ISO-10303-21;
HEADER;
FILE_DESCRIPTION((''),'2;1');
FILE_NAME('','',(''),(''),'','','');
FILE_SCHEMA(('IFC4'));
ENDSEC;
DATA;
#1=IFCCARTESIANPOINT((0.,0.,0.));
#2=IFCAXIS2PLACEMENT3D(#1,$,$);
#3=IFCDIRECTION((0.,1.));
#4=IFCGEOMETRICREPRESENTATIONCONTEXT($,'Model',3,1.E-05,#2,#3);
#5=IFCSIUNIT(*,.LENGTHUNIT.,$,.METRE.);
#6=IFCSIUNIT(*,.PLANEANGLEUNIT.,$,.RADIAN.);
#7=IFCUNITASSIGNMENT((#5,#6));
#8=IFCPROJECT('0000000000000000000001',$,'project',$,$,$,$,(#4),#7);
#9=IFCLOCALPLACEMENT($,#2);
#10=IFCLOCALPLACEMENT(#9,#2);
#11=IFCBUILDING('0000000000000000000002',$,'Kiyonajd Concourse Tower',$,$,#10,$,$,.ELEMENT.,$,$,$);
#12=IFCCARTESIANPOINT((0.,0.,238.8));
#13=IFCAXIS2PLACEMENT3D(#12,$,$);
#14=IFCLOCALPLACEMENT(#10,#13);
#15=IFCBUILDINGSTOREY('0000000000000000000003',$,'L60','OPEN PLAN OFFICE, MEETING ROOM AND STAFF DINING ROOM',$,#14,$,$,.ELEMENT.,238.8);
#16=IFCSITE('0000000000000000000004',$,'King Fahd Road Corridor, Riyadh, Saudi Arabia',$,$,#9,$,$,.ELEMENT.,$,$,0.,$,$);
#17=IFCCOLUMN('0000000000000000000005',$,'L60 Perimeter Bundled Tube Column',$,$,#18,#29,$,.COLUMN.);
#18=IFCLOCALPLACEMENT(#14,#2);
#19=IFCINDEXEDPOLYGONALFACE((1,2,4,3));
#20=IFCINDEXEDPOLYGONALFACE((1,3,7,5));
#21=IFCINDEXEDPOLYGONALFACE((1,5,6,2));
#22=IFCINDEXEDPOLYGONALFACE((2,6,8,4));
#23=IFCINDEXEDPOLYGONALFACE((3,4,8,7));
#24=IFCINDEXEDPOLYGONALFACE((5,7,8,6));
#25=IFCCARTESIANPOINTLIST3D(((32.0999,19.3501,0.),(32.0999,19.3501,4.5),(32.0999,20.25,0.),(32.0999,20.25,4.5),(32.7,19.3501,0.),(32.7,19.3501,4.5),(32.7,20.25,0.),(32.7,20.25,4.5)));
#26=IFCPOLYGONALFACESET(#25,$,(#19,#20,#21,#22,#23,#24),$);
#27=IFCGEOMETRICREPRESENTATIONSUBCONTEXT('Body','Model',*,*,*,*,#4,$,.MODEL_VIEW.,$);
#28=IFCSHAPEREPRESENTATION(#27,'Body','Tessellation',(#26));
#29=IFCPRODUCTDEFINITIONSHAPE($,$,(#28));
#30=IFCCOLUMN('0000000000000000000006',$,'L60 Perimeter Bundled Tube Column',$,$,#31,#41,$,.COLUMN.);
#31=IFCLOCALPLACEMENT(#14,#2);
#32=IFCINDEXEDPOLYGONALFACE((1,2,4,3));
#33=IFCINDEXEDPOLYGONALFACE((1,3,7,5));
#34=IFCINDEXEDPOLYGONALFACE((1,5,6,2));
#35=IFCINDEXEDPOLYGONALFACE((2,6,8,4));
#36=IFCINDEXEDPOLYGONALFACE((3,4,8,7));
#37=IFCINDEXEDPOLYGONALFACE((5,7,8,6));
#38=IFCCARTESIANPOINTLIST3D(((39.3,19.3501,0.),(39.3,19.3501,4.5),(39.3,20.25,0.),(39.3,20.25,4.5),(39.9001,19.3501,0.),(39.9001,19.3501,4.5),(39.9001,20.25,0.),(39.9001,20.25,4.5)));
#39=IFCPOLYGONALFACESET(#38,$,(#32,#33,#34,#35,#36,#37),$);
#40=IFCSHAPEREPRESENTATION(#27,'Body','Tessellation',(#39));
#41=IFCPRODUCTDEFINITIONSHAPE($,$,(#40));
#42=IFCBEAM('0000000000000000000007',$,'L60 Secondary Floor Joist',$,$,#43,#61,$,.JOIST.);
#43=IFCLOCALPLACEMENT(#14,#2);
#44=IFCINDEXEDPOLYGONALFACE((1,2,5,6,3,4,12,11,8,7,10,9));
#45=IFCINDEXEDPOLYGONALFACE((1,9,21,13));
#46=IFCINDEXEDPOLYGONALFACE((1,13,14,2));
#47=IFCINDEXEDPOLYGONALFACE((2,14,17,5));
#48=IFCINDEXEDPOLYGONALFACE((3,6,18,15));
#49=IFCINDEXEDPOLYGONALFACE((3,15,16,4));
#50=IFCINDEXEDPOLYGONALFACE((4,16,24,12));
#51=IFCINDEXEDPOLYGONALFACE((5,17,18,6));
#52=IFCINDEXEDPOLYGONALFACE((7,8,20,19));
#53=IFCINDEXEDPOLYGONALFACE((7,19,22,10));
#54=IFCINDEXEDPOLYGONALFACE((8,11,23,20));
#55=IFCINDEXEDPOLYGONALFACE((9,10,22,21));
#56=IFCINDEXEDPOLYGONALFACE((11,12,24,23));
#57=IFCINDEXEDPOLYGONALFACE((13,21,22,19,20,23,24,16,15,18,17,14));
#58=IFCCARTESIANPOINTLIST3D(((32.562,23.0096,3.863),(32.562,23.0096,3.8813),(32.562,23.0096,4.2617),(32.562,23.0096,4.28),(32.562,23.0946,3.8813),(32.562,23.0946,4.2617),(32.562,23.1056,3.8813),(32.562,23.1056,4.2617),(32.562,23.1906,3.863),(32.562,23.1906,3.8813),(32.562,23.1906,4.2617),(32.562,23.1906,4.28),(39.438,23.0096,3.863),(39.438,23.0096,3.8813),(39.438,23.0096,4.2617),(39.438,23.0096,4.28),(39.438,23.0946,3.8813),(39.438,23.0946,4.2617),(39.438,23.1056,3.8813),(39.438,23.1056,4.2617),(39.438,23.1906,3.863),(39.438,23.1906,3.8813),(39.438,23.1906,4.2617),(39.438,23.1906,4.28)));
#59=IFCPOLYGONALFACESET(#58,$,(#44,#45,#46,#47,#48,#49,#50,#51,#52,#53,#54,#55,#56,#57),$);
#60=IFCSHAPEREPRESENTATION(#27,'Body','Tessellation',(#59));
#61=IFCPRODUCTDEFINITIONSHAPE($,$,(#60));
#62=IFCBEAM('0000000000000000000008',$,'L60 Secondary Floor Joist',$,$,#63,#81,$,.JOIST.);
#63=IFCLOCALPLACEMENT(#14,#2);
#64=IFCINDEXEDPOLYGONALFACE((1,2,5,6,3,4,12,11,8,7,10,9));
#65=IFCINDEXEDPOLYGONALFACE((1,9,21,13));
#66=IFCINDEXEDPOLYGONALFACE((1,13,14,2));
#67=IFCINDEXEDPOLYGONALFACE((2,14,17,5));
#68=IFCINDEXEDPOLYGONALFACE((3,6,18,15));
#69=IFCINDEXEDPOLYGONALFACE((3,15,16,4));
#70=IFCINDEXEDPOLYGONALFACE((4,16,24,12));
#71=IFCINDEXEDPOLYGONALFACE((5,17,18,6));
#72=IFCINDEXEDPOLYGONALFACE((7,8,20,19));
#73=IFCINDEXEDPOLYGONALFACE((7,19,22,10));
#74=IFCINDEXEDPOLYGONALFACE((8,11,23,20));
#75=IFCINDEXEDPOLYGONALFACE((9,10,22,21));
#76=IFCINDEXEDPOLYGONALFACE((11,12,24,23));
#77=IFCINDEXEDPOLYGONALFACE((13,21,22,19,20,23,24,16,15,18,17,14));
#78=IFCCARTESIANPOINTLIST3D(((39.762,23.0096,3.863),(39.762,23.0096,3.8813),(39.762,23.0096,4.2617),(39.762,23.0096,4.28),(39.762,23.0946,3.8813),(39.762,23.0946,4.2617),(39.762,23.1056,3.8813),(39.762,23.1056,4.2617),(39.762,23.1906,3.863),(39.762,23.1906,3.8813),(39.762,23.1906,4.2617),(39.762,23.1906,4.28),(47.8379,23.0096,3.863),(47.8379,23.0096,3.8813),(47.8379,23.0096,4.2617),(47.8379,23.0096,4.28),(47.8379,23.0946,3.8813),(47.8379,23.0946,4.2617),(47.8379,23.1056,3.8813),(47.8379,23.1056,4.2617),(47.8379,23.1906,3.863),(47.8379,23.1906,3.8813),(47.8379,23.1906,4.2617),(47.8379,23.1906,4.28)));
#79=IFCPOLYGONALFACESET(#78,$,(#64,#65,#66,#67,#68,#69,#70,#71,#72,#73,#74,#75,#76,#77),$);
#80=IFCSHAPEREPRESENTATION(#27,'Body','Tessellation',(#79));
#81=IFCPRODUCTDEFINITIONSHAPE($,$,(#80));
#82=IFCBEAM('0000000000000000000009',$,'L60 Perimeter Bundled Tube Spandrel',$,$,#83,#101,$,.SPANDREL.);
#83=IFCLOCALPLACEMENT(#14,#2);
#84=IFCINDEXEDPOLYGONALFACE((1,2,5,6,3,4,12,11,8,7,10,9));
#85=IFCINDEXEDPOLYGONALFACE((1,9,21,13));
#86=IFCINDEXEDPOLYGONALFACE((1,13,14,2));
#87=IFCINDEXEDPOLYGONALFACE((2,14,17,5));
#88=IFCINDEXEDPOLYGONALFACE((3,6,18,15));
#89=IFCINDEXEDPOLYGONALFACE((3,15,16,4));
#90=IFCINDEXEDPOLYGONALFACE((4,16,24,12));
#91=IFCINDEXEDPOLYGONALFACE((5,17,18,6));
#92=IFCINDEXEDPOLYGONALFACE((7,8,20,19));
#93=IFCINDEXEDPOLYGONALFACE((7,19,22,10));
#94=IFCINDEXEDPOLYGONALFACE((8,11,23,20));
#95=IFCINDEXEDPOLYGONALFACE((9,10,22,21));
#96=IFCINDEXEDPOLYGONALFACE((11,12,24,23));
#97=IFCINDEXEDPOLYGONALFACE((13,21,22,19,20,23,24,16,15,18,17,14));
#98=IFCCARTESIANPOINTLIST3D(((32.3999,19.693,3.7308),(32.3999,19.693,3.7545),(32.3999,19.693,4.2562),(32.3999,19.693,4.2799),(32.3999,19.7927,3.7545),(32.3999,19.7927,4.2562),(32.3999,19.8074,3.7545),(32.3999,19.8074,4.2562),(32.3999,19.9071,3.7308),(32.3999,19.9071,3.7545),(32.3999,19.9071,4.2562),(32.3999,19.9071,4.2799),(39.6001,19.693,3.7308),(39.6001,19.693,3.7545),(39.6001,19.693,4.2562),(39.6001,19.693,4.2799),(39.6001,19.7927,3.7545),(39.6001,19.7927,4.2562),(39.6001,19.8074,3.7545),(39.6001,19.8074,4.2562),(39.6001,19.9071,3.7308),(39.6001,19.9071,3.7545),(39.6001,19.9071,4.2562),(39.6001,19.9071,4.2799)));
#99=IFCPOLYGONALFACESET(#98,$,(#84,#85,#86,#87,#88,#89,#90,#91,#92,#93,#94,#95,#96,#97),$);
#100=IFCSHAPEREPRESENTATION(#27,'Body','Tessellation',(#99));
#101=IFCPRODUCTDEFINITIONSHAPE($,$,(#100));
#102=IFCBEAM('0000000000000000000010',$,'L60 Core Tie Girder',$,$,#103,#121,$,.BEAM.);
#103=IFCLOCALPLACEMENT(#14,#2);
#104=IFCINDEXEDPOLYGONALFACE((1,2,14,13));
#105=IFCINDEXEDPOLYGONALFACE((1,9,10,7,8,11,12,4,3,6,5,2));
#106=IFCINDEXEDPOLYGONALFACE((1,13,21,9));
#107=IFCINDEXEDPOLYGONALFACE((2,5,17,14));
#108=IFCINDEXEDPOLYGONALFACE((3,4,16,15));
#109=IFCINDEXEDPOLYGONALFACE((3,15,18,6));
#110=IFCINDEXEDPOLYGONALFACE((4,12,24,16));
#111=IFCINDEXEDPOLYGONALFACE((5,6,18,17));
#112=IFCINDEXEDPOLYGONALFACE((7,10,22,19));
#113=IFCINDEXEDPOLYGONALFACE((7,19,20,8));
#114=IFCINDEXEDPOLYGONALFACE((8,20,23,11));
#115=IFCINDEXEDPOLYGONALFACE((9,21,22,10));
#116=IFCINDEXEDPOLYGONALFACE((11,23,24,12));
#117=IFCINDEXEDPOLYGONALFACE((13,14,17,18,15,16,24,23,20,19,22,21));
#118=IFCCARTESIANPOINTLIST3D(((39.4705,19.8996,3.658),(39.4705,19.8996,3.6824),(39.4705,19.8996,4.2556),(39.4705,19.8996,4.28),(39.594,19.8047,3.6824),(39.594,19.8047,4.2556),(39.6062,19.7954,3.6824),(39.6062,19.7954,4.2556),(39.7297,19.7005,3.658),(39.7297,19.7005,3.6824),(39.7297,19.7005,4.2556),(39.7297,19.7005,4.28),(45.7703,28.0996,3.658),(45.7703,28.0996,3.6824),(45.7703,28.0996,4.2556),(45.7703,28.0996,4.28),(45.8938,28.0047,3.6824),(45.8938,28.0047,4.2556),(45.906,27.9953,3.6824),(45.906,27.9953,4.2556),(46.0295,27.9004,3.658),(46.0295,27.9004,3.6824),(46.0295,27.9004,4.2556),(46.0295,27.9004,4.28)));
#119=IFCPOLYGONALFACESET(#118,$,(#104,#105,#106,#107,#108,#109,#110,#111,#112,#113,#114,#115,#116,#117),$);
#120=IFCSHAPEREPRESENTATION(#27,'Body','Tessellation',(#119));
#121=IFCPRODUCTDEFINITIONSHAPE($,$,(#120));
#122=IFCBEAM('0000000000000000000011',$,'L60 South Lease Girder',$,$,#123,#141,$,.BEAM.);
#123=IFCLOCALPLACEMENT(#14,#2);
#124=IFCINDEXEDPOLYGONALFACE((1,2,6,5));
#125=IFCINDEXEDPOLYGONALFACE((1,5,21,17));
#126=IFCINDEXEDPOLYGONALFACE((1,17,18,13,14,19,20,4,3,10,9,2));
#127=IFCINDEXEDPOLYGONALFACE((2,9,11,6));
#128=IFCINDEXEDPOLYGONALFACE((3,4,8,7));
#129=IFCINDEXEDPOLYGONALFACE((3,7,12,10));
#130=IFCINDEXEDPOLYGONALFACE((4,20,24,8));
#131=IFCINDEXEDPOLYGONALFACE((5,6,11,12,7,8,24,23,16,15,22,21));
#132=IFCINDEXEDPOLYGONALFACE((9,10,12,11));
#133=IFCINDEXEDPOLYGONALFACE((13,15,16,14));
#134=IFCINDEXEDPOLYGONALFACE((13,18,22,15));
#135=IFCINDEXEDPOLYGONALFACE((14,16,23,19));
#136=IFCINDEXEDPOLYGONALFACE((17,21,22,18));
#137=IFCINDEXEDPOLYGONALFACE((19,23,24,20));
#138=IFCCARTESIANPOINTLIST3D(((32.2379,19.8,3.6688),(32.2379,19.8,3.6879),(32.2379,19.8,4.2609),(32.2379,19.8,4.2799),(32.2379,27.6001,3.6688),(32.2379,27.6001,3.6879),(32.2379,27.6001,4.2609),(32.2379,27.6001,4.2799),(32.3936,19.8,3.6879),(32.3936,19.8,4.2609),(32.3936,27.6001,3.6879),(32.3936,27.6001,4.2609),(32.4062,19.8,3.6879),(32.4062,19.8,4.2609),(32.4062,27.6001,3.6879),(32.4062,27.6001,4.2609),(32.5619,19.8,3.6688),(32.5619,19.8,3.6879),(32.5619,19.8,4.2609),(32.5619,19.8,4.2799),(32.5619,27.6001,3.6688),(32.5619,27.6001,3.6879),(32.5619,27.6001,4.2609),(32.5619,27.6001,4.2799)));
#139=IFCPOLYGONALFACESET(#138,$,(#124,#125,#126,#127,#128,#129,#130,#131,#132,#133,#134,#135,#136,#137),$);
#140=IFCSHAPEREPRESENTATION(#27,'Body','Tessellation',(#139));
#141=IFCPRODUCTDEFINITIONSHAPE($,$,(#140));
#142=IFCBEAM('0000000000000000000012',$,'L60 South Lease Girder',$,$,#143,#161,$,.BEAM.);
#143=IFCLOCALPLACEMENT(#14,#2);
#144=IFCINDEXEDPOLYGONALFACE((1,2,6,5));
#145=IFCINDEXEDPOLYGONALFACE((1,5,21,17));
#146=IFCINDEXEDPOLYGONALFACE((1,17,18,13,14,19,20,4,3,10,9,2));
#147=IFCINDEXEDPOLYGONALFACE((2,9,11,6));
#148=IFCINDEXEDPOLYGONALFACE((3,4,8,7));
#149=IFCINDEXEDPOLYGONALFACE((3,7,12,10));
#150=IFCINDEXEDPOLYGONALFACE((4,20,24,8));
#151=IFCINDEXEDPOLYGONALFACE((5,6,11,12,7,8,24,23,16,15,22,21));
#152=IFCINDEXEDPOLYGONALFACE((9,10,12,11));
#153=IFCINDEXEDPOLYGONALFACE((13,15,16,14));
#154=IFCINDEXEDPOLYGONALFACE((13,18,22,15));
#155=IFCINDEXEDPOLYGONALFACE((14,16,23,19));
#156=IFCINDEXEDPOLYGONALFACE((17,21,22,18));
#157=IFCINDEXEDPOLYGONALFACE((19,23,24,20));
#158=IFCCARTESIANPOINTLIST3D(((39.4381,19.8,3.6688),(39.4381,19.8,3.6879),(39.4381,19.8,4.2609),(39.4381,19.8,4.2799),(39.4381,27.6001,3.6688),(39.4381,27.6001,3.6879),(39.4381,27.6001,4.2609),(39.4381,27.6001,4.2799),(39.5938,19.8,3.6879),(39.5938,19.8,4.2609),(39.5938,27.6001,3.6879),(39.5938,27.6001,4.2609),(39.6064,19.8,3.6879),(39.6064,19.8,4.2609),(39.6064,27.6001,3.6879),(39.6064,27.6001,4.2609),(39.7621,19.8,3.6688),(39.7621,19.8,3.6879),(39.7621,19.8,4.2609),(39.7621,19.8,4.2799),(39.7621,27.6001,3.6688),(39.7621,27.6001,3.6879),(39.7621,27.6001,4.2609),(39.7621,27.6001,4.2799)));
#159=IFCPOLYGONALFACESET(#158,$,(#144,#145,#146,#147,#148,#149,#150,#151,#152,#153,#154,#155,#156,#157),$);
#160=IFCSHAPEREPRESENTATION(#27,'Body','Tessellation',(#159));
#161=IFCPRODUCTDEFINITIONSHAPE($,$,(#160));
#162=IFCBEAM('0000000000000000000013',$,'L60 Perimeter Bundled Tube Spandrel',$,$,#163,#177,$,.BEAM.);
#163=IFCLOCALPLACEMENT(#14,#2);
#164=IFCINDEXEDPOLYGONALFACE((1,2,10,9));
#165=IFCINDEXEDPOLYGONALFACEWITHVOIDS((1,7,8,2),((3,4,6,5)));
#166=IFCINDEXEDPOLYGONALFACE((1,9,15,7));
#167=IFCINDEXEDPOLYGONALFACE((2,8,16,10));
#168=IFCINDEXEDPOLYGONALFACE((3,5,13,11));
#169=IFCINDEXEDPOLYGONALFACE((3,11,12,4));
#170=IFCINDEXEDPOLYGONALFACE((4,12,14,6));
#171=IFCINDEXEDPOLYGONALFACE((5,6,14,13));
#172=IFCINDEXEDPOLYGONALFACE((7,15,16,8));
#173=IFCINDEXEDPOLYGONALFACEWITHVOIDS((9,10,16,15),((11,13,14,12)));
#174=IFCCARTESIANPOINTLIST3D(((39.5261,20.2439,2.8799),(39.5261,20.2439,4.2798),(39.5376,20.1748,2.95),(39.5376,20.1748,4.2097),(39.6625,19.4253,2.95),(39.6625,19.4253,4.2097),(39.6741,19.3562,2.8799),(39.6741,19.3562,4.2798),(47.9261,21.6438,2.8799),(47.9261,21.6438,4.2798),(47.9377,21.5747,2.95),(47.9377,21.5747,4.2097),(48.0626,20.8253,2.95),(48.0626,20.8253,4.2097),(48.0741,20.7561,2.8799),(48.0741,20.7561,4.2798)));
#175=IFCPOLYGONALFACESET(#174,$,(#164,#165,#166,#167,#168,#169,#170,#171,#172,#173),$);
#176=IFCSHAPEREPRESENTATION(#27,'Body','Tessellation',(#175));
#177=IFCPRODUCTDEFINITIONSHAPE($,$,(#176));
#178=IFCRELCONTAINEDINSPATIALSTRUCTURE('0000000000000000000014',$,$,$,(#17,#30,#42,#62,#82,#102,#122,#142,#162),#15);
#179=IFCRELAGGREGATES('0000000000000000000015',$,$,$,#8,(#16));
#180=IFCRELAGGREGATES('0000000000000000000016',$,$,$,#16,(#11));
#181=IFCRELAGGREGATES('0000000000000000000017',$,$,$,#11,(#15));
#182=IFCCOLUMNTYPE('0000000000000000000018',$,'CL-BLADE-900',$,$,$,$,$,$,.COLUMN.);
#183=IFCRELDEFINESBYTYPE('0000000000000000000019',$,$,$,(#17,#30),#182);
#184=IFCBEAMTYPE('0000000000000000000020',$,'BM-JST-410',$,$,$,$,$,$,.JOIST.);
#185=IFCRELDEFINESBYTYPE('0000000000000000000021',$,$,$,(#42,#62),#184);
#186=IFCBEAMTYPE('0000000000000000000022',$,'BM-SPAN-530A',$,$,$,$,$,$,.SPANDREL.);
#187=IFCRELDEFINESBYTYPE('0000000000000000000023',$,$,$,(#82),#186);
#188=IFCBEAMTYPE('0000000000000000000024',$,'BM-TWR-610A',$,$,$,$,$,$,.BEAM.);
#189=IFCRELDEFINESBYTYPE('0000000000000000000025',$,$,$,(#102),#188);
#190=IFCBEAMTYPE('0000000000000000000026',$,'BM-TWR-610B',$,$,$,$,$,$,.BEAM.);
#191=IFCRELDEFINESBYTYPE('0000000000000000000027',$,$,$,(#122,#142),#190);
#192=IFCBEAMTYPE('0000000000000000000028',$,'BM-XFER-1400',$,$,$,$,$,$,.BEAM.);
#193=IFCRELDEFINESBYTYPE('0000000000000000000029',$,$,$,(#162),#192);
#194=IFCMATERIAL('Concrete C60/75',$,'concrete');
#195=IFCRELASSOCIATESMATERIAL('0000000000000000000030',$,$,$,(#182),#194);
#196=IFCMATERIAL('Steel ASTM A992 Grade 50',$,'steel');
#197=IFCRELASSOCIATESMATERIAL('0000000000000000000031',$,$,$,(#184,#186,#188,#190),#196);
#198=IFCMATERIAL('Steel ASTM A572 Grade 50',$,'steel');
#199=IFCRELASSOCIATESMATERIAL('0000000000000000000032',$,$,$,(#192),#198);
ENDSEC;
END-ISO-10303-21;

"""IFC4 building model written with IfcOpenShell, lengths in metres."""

from ifc_helpers import new_model, si_unit, direction, frame, origin, origin_2d, place, context, subcontext, project, spatial, rectangle, hollow_rectangle, i_section, extrude, material, material_profile, profile_set, type_object, element, save


model = new_model("IFC4")

# Units and contexts
model_context = context("Model", 3, precision=1e-05, world=origin(), true_north=direction((0.0, 1.0)))
body_context = subcontext(model_context, "Body", "Model", "MODEL_VIEW")
ifc_project = project(units=[si_unit("LENGTHUNIT", "METRE"), si_unit("PLANEANGLEUNIT", "RADIAN")], contexts=[model_context])

# Site, building, storey
site_placement = place(None, origin())
site = spatial("IfcSite", under=ifc_project, at=site_placement, Name="King Fahd Road Corridor, Riyadh, Saudi Arabia", CompositionType="ELEMENT", RefElevation=0.0)
building_placement = place(site_placement, origin())
building = spatial("IfcBuilding", under=site, at=building_placement, Name="Kiyonajd Concourse Tower", CompositionType="ELEMENT")
storey_placement = place(building_placement, frame((0.0, 0.0, 238.8)))
storey = spatial("IfcBuildingStorey", under=building, at=storey_placement, Name="L60", Description="OPEN PLAN OFFICE, MEETING ROOM AND STAFF DINING ROOM", CompositionType="ELEMENT", Elevation=238.8)

# Columns
ifc_material_1 = material(Name="Concrete C60/75", Category="concrete")
ifc_material_profile_1 = material_profile(ifc_material_1, rectangle(XDim=0.6001, YDim=0.8999, at=origin_2d()), Name="RC-900x600")
ifc_profile_set_1 = profile_set([ifc_material_profile_1], Name="Concrete C60/75")
column_type = type_object("IfcColumnType", Name="CL-BLADE-900", PredefinedType="COLUMN", material=ifc_profile_set_1)
for number, where, z_axis, x_axis, name in (
    (1, (32.3999, 19.8, 0.0), (0.0, 0.0, 1.0), (1.0, 0.0, 0.0), "L60 Perimeter Bundled Tube Column"),
    (2, (39.6001, 19.8, 0.0), (0.0, 0.0, 1.0), (1.0, 0.0, 0.0), "L60 Perimeter Bundled Tube Column"),
):
    element("IfcColumn", number, at=place(storey_placement, frame(where, z_axis=z_axis, x_axis=x_axis)), inside=storey, type_object=column_type, Name=name, PredefinedType="COLUMN", context=body_context, shape_type="SweptSolid", body=[
        extrude(rectangle(XDim=0.6001, YDim=0.8999, at=origin_2d()), origin(), (0.0, 0.0, 1.0), 4.5),
    ])

# Beams
ifc_material_2 = material(Name="Steel ASTM A992 Grade 50", Category="steel")
ifc_material_profile_2 = material_profile(ifc_material_2, i_section(OverallWidth=0.1809, OverallDepth=0.417, WebThickness=0.011, FlangeThickness=0.0183, at=origin_2d()), Name="W410X85")
ifc_profile_set_2 = profile_set([ifc_material_profile_2], Name="Steel ASTM A992 Grade 50")
beam_type_1 = type_object("IfcBeamType", Name="BM-JST-410", PredefinedType="JOIST", material=ifc_profile_set_2)
beam_1_placement = place(storey_placement, frame((32.562, 23.1001, 4.0715), z_axis=(1.0, 0.0, 0.0), x_axis=(0.0, 1.0, 0.0)))
element("IfcBeam", 3, at=beam_1_placement, inside=storey, type_object=beam_type_1, Name="L60 Secondary Floor Joist", PredefinedType="JOIST", context=body_context, shape_type="SweptSolid", body=[
    extrude(i_section(OverallWidth=0.1809, OverallDepth=0.417, WebThickness=0.011, FlangeThickness=0.0183, at=origin_2d()), origin(), (0.0, 0.0, 1.0), 6.876),
])
beam_2_placement = place(storey_placement, frame((39.762, 23.1001, 4.0715), z_axis=(1.0, 0.0, 0.0), x_axis=(0.0, 1.0, 0.0)))
element("IfcBeam", 4, at=beam_2_placement, inside=storey, type_object=beam_type_1, Name="L60 Secondary Floor Joist", PredefinedType="JOIST", context=body_context, shape_type="SweptSolid", body=[
    extrude(i_section(OverallWidth=0.1809, OverallDepth=0.417, WebThickness=0.011, FlangeThickness=0.0183, at=origin_2d()), origin(), (0.0, 0.0, 1.0), 8.0759),
])
ifc_material_profile_3 = material_profile(ifc_material_2, i_section(OverallWidth=0.2141, OverallDepth=0.5491, WebThickness=0.0146, FlangeThickness=0.0237, at=origin_2d()), Name="W530X138")
ifc_profile_set_3 = profile_set([ifc_material_profile_3], Name="Steel ASTM A992 Grade 50")
beam_type_2 = type_object("IfcBeamType", Name="BM-SPAN-530A", PredefinedType="SPANDREL", material=ifc_profile_set_3)
beam_3_placement = place(storey_placement, frame((32.3999, 19.8, 4.0054), z_axis=(1.0, 0.0, 0.0), x_axis=(0.0, 1.0, 0.0)))
element("IfcBeam", 5, at=beam_3_placement, inside=storey, type_object=beam_type_2, Name="L60 Perimeter Bundled Tube Spandrel", PredefinedType="SPANDREL", context=body_context, shape_type="SweptSolid", body=[
    extrude(i_section(OverallWidth=0.2141, OverallDepth=0.5491, WebThickness=0.0146, FlangeThickness=0.0237, at=origin_2d()), origin(), (0.0, 0.0, 1.0), 7.2002),
])
ifc_material_profile_4 = material_profile(ifc_material_2, i_section(OverallWidth=0.3269, OverallDepth=0.6221, WebThickness=0.0154, FlangeThickness=0.0244, at=origin_2d()), Name="W610X195")
ifc_profile_set_4 = profile_set([ifc_material_profile_4], Name="Steel ASTM A992 Grade 50")
beam_type_3 = type_object("IfcBeamType", Name="BM-TWR-610A", PredefinedType="BEAM", material=ifc_profile_set_4)
beam_4_placement = place(storey_placement, frame((39.6001, 19.8, 3.969), z_axis=(0.609234, 0.792991, 0.0), x_axis=(-0.792991, 0.609234, 0.0)))
element("IfcBeam", 6, at=beam_4_placement, inside=storey, type_object=beam_type_3, Name="L60 Core Tie Girder", PredefinedType="BEAM", context=body_context, shape_type="SweptSolid", body=[
    extrude(i_section(OverallWidth=0.3269, OverallDepth=0.6221, WebThickness=0.0154, FlangeThickness=0.0244, at=origin_2d()), origin(), (0.0, 0.0, 1.0), 10.3406),
])
ifc_material_profile_5 = material_profile(ifc_material_2, i_section(OverallWidth=0.324, OverallDepth=0.6111, WebThickness=0.0127, FlangeThickness=0.019, at=origin_2d()), Name="W610X155")
ifc_profile_set_5 = profile_set([ifc_material_profile_5], Name="Steel ASTM A992 Grade 50")
beam_type_4 = type_object("IfcBeamType", Name="BM-TWR-610B", PredefinedType="BEAM", material=ifc_profile_set_5)
for number, where, z_axis, x_axis, name in (
    (7, (32.3999, 19.8, 3.9744), (0.0, 1.0, 0.0), (-1.0, 0.0, 0.0), "L60 South Lease Girder"),
    (8, (39.6001, 19.8, 3.9744), (0.0, 1.0, 0.0), (-1.0, 0.0, 0.0), "L60 South Lease Girder"),
):
    element("IfcBeam", number, at=place(storey_placement, frame(where, z_axis=z_axis, x_axis=x_axis)), inside=storey, type_object=beam_type_4, Name=name, PredefinedType="BEAM", context=body_context, shape_type="SweptSolid", body=[
        extrude(i_section(OverallWidth=0.324, OverallDepth=0.6111, WebThickness=0.0127, FlangeThickness=0.019, at=origin_2d()), origin(), (0.0, 0.0, 1.0), 7.8),
    ])
ifc_material_3 = material(Name="Steel ASTM A572 Grade 50", Category="steel")
ifc_material_profile_6 = material_profile(ifc_material_3, hollow_rectangle(XDim=0.8999, YDim=1.3999, WallThickness=0.0701, at=origin_2d()), Name="BOX-1400x900x70")
ifc_profile_set_6 = profile_set([ifc_material_profile_6], Name="Steel ASTM A572 Grade 50")
beam_type_5 = type_object("IfcBeamType", Name="BM-XFER-1400", PredefinedType="BEAM", material=ifc_profile_set_6)
beam_5_placement = place(storey_placement, frame((39.6001, 19.8, 3.5798), z_axis=(0.986395, 0.16439, 0.0), x_axis=(-0.16439, 0.986395, 0.0)))
element("IfcBeam", 9, at=beam_5_placement, inside=storey, type_object=beam_type_5, Name="L60 Perimeter Bundled Tube Spandrel", PredefinedType="BEAM", context=body_context, shape_type="SweptSolid", body=[
    extrude(hollow_rectangle(XDim=0.8999, YDim=1.3999, WallThickness=0.0701, at=origin_2d()), origin(), (0.0, 0.0, 1.0), 8.5159),
])

save(model, "model.ifc")
